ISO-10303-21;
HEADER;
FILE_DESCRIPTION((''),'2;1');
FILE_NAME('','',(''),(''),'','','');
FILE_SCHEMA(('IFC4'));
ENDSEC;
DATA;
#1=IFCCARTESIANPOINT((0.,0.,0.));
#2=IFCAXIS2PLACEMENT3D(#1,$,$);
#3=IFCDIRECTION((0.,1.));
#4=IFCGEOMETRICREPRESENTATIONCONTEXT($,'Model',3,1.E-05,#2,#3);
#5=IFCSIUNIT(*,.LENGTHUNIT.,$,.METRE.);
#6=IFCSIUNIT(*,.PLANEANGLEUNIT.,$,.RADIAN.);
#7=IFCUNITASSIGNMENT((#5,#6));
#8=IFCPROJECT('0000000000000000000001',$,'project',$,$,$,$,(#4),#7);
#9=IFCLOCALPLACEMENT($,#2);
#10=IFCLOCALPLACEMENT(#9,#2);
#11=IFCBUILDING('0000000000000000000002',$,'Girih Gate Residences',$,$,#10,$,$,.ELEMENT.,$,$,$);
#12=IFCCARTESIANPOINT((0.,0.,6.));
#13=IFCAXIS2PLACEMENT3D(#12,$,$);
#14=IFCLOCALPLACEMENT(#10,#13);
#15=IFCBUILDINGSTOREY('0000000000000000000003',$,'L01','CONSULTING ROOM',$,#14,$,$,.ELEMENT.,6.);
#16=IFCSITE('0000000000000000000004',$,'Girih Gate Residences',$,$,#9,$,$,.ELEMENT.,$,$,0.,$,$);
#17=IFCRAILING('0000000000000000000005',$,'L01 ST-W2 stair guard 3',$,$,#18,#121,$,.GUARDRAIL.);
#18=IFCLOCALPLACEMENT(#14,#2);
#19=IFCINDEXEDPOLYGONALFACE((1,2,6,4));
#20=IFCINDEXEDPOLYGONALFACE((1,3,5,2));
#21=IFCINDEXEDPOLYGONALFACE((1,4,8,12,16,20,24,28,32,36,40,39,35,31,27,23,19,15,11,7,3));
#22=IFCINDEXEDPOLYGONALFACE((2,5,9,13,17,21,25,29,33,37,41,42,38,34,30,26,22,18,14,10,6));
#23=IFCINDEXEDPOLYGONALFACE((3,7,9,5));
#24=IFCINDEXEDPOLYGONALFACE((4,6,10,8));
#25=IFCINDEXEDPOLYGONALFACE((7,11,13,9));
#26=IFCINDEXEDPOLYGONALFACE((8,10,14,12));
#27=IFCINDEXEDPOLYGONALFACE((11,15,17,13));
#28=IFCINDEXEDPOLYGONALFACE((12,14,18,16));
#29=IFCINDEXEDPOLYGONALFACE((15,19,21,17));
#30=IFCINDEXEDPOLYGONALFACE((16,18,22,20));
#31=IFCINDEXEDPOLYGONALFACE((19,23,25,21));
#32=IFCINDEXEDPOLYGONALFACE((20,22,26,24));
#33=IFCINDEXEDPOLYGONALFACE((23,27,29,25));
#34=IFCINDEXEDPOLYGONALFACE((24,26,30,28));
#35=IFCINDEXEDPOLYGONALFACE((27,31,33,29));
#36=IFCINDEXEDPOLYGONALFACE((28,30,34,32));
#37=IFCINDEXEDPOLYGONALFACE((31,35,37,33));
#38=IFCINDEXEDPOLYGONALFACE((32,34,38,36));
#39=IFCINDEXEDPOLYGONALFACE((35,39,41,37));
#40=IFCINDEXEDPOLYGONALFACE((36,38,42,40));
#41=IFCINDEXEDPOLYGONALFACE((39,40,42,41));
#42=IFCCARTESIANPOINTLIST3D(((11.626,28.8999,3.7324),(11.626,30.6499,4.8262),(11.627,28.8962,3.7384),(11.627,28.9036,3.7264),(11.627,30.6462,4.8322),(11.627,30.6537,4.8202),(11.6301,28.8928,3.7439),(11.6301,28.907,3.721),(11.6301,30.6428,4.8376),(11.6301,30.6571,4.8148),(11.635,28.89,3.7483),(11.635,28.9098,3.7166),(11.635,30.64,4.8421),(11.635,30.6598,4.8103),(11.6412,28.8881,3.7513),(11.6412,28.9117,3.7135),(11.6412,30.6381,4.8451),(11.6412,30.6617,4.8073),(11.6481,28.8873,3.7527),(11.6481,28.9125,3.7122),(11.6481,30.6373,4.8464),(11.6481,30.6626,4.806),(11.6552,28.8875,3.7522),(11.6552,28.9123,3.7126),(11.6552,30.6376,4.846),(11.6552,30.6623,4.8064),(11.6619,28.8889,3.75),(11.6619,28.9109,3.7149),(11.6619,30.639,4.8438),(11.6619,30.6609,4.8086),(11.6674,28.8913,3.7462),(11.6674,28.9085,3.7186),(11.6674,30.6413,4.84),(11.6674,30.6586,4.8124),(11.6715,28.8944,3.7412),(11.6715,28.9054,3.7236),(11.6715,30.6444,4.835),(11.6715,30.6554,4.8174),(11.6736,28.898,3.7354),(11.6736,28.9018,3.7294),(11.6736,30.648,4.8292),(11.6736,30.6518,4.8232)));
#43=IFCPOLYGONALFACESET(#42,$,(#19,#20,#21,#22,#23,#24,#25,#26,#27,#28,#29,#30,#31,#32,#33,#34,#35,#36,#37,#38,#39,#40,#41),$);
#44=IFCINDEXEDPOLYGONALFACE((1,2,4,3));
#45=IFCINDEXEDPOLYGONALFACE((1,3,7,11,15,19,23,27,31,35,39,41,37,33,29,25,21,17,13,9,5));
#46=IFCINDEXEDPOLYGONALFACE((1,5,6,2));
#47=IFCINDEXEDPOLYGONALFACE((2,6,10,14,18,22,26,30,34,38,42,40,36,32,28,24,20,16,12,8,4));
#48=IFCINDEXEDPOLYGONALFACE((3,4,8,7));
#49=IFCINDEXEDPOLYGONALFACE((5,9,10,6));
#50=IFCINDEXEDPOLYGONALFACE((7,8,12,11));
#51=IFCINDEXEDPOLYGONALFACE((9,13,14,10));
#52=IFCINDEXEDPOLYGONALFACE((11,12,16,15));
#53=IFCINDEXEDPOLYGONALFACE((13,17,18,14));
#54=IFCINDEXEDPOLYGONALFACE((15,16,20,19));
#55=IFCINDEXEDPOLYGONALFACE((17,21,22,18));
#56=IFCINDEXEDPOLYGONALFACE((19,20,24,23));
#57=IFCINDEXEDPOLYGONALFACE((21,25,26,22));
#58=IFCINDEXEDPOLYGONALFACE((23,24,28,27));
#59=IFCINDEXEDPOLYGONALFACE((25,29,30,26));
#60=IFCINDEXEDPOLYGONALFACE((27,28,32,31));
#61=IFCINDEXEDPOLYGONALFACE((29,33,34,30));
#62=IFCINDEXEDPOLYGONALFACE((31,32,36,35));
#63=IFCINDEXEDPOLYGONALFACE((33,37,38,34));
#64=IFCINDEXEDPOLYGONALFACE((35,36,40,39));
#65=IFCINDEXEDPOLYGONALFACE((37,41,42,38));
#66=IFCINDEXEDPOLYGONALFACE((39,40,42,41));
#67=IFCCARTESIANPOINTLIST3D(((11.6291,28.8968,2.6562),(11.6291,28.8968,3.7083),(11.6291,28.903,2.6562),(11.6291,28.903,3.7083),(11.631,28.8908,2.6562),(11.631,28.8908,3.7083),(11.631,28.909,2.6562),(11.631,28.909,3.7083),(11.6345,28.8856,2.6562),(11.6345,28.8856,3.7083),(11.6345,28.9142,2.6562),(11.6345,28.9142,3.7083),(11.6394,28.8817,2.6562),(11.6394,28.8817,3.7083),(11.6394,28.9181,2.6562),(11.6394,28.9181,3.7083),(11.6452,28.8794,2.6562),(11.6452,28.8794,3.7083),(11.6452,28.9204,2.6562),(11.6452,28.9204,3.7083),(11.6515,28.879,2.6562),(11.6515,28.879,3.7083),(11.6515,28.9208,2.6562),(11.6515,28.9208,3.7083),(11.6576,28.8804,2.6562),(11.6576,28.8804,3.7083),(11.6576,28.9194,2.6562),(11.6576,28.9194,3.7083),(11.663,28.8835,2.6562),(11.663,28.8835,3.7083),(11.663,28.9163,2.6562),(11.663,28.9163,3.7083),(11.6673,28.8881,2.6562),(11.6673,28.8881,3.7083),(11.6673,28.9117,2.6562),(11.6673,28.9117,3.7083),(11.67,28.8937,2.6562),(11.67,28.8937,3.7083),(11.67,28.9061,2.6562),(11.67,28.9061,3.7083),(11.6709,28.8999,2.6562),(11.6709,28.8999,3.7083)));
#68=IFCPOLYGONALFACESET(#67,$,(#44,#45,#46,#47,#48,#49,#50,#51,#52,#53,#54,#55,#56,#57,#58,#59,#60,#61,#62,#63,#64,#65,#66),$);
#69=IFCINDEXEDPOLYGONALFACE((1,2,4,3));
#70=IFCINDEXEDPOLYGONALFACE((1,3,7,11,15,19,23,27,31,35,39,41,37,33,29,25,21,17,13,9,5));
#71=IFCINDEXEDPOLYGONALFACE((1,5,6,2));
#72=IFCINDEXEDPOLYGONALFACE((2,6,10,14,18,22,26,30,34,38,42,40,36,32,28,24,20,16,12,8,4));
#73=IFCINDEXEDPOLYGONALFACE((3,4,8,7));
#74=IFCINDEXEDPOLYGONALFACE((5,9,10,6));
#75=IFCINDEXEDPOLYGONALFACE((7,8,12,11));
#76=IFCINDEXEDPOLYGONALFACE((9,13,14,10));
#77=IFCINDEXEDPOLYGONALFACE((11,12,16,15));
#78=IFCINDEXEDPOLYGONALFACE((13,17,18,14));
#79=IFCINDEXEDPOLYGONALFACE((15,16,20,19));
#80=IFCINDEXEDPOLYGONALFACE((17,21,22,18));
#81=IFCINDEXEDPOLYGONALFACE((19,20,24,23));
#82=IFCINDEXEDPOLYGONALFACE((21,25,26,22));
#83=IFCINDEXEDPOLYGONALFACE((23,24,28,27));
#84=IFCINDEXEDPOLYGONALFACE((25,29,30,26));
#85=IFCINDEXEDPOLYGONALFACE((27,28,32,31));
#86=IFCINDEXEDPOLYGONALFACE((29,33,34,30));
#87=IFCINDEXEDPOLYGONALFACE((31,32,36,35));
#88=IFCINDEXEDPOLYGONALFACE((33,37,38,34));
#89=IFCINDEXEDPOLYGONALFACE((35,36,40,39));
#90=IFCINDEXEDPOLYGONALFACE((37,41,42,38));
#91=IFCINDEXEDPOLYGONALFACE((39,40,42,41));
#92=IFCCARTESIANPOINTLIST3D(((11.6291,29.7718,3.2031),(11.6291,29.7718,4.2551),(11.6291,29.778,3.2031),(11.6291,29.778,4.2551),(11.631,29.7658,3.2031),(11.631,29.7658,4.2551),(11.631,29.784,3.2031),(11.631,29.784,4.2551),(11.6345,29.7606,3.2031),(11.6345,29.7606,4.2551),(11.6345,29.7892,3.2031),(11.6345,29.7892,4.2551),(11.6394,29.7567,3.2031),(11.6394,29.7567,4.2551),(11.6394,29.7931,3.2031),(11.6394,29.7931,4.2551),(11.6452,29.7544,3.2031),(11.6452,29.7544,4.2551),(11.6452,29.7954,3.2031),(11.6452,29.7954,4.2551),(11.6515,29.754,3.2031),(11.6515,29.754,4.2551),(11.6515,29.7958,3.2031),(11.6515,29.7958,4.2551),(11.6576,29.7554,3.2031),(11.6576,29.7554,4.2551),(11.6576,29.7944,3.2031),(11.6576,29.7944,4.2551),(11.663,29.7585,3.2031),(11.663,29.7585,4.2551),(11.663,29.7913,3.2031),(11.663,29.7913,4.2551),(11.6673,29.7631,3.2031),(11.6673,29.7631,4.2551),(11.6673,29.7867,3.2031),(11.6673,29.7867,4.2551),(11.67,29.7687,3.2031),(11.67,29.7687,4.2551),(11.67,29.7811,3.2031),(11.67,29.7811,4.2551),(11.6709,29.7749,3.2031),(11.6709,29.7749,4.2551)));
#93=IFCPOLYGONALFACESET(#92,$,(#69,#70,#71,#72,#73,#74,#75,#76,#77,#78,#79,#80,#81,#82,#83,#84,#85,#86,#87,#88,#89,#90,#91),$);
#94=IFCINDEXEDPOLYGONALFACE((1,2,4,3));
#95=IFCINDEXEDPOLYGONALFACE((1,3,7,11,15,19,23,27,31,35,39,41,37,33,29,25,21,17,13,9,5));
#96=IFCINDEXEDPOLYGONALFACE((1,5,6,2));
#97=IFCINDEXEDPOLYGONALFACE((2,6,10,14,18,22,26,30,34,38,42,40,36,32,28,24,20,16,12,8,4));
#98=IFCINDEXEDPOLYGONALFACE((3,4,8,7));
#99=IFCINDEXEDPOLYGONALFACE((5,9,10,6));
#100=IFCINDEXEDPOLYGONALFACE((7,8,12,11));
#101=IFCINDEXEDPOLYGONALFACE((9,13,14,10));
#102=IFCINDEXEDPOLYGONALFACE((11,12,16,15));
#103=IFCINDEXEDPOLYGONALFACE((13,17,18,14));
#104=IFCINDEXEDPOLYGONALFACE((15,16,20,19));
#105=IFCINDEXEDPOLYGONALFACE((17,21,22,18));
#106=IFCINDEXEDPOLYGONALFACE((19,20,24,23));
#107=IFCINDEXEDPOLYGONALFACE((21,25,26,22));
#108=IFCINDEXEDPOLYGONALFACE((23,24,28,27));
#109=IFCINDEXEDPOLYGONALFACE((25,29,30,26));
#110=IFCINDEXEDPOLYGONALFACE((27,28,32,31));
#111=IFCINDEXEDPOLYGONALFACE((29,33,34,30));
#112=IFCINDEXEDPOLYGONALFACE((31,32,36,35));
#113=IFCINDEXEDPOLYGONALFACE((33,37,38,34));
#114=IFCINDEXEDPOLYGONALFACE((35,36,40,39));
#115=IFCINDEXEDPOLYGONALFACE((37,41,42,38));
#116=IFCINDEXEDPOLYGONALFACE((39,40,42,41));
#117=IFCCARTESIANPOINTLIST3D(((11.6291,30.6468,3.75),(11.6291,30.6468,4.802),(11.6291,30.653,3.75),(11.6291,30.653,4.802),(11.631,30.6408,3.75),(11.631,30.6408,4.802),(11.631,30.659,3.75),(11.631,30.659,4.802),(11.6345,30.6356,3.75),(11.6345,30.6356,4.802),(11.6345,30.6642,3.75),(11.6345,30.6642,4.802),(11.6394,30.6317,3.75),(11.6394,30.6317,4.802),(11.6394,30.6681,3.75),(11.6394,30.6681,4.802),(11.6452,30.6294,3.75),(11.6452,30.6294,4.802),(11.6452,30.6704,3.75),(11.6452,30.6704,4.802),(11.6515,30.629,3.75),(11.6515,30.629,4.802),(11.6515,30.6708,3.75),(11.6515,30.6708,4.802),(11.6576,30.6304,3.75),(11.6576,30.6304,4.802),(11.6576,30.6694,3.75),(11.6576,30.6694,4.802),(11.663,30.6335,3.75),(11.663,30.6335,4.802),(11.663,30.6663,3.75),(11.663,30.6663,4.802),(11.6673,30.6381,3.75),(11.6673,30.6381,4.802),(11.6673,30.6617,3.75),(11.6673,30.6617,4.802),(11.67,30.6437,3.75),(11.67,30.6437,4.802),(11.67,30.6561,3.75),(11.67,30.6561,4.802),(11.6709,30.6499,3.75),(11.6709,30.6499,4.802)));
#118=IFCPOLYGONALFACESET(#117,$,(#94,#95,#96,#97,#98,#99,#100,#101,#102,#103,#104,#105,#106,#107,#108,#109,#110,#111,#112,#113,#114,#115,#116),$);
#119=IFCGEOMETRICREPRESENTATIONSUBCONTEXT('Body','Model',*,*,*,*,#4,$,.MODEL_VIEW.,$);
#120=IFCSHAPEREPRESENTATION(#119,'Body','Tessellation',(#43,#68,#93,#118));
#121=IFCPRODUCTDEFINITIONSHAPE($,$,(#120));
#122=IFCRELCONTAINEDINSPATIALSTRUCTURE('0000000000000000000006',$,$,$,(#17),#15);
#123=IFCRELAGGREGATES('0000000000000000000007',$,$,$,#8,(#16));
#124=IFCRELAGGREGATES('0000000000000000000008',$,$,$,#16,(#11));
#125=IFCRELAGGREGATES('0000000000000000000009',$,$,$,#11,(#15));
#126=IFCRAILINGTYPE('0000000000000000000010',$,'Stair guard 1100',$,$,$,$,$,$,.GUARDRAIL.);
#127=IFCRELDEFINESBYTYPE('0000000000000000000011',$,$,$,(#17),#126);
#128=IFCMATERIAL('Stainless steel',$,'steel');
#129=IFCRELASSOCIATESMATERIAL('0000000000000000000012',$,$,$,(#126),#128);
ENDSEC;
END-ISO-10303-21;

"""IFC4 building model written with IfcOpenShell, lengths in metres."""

from ifc_helpers import new_model, si_unit, direction, frame, origin, origin_2d, place, context, subcontext, project, spatial, circle, extrude, material, type_object, element, save


model = new_model("IFC4")

# Units and contexts
model_context = context("Model", 3, precision=1e-05, world=origin(), true_north=direction((0.0, 1.0)))
body_context = subcontext(model_context, "Body", "Model", "MODEL_VIEW")
ifc_project = project(units=[si_unit("LENGTHUNIT", "METRE"), si_unit("PLANEANGLEUNIT", "RADIAN")], contexts=[model_context])

# Site, building, storey
site_placement = place(None, origin())
site = spatial("IfcSite", under=ifc_project, at=site_placement, Name="Girih Gate Residences", CompositionType="ELEMENT", RefElevation=0.0)
building_placement = place(site_placement, origin())
building = spatial("IfcBuilding", under=site, at=building_placement, Name="Girih Gate Residences", CompositionType="ELEMENT")
storey_placement = place(building_placement, frame((0.0, 0.0, 6.0)))
storey = spatial("IfcBuildingStorey", under=building, at=storey_placement, Name="L01", Description="CONSULTING ROOM", CompositionType="ELEMENT", Elevation=6.0)

# Railing
ifc_material_1 = material(Name="Stainless steel", Category="steel")
railing_type_1 = type_object("IfcRailingType", Name="Stair guard 1100", PredefinedType="GUARDRAIL", material=ifc_material_1)
railing_1_placement = place(storey_placement, frame((11.6499, 28.8999, 2.6562)))
element("IfcRailing", 1, at=railing_1_placement, inside=storey, type_object=railing_type_1, Name="L01 ST-W2 stair guard 3", PredefinedType="GUARDRAIL", context=body_context, shape_type="SweptSolid", body=[
    extrude(circle(Radius=0.0239, at=origin_2d()), frame((0.0, 0.0, 1.0762), z_axis=(0.0, 0.847998, 0.529999), x_axis=(-1.0, 0.0, 0.0)), (0.0, 0.0, 1.0), 2.0637),
    extrude(circle(Radius=0.021, at=origin_2d()), origin(), (0.0, 0.0, 1.0), 1.052),
    extrude(circle(Radius=0.021, at=origin_2d()), frame((0.0, 0.875, 0.5469)), (0.0, 0.0, 1.0), 1.052),
    extrude(circle(Radius=0.021, at=origin_2d()), frame((0.0, 1.75, 1.0938)), (0.0, 0.0, 1.0), 1.052),
])

save(model, "model.ifc")
